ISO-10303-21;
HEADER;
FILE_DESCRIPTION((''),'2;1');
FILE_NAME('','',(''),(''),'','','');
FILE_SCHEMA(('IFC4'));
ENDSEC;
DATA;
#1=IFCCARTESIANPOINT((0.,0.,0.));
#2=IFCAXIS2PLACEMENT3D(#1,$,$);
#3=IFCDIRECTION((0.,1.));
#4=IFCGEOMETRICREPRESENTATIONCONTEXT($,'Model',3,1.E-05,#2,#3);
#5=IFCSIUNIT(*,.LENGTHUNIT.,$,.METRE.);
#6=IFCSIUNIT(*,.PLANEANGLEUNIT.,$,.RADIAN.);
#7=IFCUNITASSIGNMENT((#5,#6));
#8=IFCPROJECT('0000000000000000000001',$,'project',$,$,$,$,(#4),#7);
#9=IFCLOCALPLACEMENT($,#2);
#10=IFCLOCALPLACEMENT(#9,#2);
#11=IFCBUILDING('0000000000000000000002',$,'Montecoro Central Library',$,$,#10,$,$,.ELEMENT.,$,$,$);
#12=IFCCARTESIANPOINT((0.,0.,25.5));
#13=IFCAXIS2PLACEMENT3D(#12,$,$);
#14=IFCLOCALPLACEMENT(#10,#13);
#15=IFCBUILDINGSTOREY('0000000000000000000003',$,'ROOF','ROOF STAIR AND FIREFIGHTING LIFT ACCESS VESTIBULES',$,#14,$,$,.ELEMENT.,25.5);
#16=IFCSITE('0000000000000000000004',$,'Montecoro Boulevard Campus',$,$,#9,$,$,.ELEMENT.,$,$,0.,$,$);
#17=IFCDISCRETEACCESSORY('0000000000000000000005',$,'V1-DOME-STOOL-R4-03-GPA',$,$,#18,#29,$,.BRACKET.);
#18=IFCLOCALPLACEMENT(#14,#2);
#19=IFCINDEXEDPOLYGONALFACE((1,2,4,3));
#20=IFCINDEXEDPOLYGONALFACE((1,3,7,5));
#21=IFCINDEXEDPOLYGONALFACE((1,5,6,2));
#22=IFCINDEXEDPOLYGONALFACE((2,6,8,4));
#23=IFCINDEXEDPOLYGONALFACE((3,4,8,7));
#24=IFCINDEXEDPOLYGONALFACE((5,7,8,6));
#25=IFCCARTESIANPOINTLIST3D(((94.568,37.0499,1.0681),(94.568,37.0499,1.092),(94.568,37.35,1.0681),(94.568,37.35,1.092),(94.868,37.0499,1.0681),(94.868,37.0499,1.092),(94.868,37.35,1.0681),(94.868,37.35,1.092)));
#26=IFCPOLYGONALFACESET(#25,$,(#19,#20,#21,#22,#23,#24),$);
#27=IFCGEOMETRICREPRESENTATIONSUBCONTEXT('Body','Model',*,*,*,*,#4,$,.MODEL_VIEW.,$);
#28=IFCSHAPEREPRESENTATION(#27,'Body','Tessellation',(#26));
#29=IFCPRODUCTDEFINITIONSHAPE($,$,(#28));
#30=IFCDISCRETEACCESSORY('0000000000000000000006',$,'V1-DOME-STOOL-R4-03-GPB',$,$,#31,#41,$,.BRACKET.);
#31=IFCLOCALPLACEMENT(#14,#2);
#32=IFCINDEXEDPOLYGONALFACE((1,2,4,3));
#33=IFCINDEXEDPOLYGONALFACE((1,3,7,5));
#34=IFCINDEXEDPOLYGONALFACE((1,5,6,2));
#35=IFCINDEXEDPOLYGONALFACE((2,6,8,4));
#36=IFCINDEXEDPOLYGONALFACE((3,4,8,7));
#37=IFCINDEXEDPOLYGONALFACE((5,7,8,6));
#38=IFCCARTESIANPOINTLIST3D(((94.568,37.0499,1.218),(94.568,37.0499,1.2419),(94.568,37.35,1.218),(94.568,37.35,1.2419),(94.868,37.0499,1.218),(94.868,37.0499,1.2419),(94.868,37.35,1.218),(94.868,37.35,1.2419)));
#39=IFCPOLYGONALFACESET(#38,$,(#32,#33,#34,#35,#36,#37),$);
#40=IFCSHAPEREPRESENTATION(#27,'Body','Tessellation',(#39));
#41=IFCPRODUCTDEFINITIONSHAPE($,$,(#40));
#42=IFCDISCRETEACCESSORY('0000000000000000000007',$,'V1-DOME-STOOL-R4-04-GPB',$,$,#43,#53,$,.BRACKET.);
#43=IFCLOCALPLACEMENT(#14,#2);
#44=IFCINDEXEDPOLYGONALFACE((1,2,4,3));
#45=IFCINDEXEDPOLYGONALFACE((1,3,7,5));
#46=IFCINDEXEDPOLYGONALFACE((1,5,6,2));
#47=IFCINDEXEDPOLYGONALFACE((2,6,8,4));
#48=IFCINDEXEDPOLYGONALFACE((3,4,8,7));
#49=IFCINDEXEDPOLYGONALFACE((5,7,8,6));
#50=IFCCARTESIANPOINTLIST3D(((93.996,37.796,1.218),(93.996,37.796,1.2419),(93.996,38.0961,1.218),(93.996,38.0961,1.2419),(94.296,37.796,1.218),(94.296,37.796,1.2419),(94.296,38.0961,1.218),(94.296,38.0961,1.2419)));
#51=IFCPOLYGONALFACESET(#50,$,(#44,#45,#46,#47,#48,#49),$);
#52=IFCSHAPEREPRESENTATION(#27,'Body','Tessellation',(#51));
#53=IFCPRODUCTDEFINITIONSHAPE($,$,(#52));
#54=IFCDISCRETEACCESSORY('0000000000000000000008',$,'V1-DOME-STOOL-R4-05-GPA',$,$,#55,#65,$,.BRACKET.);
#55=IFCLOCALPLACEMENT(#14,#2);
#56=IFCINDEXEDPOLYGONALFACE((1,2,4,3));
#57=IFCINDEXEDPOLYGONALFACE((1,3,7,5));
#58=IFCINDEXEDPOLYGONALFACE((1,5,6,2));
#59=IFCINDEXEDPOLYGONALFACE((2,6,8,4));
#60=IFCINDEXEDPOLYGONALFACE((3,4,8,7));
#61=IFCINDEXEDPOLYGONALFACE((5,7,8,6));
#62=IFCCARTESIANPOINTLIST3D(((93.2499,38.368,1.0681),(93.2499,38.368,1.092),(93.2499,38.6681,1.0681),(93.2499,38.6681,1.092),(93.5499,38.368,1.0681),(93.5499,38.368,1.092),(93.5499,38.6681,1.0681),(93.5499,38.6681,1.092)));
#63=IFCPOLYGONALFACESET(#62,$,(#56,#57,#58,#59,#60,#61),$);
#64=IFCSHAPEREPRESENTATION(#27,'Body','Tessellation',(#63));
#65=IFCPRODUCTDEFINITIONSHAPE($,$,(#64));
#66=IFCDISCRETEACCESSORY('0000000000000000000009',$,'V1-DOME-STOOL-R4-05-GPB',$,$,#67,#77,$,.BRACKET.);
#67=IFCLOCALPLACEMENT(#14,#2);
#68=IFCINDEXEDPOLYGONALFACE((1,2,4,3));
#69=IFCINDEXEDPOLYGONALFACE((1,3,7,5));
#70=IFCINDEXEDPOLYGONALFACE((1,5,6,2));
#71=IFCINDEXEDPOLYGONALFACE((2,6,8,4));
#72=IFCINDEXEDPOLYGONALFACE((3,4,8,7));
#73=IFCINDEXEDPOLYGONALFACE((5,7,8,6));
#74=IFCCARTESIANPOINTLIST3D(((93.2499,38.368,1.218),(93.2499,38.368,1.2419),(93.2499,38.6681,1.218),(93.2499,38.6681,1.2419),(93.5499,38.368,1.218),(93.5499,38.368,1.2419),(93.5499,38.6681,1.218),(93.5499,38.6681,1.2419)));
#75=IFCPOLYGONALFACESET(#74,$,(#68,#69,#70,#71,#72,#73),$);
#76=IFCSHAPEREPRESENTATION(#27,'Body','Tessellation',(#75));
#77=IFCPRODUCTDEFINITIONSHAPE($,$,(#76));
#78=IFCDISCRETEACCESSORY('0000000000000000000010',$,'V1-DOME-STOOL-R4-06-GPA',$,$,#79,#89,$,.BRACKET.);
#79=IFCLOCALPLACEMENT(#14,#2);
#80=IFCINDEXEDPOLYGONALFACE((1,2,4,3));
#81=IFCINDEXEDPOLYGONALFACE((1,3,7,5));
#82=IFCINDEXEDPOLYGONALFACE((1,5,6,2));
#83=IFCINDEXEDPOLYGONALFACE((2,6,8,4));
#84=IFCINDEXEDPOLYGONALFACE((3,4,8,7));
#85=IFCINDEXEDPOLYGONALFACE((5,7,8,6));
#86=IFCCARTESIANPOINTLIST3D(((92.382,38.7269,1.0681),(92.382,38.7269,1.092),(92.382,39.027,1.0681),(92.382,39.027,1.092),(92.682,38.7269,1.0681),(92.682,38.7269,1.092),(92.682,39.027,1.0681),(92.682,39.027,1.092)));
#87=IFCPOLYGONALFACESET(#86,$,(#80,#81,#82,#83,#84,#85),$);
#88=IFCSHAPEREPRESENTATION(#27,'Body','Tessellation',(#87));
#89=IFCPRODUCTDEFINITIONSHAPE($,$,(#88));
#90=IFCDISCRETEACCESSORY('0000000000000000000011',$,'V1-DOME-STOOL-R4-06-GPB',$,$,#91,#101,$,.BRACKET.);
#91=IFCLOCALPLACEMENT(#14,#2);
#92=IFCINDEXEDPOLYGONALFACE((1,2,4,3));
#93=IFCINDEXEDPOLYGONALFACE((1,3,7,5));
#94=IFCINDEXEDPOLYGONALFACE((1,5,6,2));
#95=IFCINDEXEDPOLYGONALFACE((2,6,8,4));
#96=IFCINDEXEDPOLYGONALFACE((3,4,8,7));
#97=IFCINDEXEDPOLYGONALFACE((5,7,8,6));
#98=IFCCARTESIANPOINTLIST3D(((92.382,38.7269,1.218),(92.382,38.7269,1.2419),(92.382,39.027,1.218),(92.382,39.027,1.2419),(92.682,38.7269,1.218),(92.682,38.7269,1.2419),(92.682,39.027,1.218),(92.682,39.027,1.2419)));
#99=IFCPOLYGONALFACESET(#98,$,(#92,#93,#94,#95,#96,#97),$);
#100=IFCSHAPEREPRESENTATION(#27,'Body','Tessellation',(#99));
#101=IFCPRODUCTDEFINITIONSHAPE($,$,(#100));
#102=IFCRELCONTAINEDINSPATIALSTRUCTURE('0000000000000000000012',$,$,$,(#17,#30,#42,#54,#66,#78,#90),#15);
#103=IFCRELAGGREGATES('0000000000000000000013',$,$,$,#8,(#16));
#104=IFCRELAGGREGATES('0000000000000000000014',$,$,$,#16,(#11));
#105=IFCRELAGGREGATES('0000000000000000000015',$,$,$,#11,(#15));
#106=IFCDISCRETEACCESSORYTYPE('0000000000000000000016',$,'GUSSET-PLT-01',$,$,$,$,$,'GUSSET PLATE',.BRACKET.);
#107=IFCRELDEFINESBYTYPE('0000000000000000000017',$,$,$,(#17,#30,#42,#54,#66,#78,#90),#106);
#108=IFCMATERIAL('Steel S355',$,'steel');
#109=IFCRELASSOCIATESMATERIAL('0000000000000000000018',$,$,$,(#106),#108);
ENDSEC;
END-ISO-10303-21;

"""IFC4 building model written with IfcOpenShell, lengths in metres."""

from ifc_helpers import new_model, si_unit, direction, frame, origin, origin_2d, place, context, subcontext, project, spatial, rectangle, extrude, material, type_object, element, save


model = new_model("IFC4")

# Units and contexts
model_context = context("Model", 3, precision=1e-05, world=origin(), true_north=direction((0.0, 1.0)))
body_context = subcontext(model_context, "Body", "Model", "MODEL_VIEW")
ifc_project = project(units=[si_unit("LENGTHUNIT", "METRE"), si_unit("PLANEANGLEUNIT", "RADIAN")], contexts=[model_context])

# Site, building, storey
site_placement = place(None, origin())
site = spatial("IfcSite", under=ifc_project, at=site_placement, Name="Montecoro Boulevard Campus", CompositionType="ELEMENT", RefElevation=0.0)
building_placement = place(site_placement, origin())
building = spatial("IfcBuilding", under=site, at=building_placement, Name="Montecoro Central Library", CompositionType="ELEMENT")
storey_placement = place(building_placement, frame((0.0, 0.0, 25.5)))
storey = spatial("IfcBuildingStorey", under=building, at=storey_placement, Name="ROOF", Description="ROOF STAIR AND FIREFIGHTING LIFT ACCESS VESTIBULES", CompositionType="ELEMENT", Elevation=25.5)

# Shared definitions
ifc_material_1 = material(Name="Steel S355", Category="steel")

# Discrete accessories
discrete_accessory_type = type_object("IfcDiscreteAccessoryType", Name="GUSSET-PLT-01", ElementType="GUSSET PLATE", PredefinedType="BRACKET", material=ifc_material_1)
for number, where, z_axis, x_axis, name in (
    (1, (94.718, 37.2, 1.0681), (0.0, 0.0, 1.0), (1.0, 0.0, 0.0), "V1-DOME-STOOL-R4-03-GPA"),
    (2, (94.718, 37.2, 1.218), (0.0, 0.0, 1.0), (1.0, 0.0, 0.0), "V1-DOME-STOOL-R4-03-GPB"),
    (3, (94.146, 37.946, 1.218), (0.0, 0.0, 1.0), (1.0, 0.0, 0.0), "V1-DOME-STOOL-R4-04-GPB"),
    (4, (93.3999, 38.5181, 1.0681), (0.0, 0.0, 1.0), (1.0, 0.0, 0.0), "V1-DOME-STOOL-R4-05-GPA"),
    (5, (93.3999, 38.5181, 1.218), (0.0, 0.0, 1.0), (1.0, 0.0, 0.0), "V1-DOME-STOOL-R4-05-GPB"),
    (6, (92.532, 38.877, 1.0681), (0.0, 0.0, 1.0), (1.0, 0.0, 0.0), "V1-DOME-STOOL-R4-06-GPA"),
    (7, (92.532, 38.877, 1.218), (0.0, 0.0, 1.0), (1.0, 0.0, 0.0), "V1-DOME-STOOL-R4-06-GPB"),
):
    element("IfcDiscreteAccessory", number, at=place(storey_placement, frame(where, z_axis=z_axis, x_axis=x_axis)), inside=storey, type_object=discrete_accessory_type, Name=name, PredefinedType="BRACKET", context=body_context, shape_type="SweptSolid", body=[
        extrude(rectangle(XDim=0.3, YDim=0.3, at=origin_2d()), origin(), (0.0, 0.0, 1.0), 0.0239),
    ])

save(model, "model.ifc")
